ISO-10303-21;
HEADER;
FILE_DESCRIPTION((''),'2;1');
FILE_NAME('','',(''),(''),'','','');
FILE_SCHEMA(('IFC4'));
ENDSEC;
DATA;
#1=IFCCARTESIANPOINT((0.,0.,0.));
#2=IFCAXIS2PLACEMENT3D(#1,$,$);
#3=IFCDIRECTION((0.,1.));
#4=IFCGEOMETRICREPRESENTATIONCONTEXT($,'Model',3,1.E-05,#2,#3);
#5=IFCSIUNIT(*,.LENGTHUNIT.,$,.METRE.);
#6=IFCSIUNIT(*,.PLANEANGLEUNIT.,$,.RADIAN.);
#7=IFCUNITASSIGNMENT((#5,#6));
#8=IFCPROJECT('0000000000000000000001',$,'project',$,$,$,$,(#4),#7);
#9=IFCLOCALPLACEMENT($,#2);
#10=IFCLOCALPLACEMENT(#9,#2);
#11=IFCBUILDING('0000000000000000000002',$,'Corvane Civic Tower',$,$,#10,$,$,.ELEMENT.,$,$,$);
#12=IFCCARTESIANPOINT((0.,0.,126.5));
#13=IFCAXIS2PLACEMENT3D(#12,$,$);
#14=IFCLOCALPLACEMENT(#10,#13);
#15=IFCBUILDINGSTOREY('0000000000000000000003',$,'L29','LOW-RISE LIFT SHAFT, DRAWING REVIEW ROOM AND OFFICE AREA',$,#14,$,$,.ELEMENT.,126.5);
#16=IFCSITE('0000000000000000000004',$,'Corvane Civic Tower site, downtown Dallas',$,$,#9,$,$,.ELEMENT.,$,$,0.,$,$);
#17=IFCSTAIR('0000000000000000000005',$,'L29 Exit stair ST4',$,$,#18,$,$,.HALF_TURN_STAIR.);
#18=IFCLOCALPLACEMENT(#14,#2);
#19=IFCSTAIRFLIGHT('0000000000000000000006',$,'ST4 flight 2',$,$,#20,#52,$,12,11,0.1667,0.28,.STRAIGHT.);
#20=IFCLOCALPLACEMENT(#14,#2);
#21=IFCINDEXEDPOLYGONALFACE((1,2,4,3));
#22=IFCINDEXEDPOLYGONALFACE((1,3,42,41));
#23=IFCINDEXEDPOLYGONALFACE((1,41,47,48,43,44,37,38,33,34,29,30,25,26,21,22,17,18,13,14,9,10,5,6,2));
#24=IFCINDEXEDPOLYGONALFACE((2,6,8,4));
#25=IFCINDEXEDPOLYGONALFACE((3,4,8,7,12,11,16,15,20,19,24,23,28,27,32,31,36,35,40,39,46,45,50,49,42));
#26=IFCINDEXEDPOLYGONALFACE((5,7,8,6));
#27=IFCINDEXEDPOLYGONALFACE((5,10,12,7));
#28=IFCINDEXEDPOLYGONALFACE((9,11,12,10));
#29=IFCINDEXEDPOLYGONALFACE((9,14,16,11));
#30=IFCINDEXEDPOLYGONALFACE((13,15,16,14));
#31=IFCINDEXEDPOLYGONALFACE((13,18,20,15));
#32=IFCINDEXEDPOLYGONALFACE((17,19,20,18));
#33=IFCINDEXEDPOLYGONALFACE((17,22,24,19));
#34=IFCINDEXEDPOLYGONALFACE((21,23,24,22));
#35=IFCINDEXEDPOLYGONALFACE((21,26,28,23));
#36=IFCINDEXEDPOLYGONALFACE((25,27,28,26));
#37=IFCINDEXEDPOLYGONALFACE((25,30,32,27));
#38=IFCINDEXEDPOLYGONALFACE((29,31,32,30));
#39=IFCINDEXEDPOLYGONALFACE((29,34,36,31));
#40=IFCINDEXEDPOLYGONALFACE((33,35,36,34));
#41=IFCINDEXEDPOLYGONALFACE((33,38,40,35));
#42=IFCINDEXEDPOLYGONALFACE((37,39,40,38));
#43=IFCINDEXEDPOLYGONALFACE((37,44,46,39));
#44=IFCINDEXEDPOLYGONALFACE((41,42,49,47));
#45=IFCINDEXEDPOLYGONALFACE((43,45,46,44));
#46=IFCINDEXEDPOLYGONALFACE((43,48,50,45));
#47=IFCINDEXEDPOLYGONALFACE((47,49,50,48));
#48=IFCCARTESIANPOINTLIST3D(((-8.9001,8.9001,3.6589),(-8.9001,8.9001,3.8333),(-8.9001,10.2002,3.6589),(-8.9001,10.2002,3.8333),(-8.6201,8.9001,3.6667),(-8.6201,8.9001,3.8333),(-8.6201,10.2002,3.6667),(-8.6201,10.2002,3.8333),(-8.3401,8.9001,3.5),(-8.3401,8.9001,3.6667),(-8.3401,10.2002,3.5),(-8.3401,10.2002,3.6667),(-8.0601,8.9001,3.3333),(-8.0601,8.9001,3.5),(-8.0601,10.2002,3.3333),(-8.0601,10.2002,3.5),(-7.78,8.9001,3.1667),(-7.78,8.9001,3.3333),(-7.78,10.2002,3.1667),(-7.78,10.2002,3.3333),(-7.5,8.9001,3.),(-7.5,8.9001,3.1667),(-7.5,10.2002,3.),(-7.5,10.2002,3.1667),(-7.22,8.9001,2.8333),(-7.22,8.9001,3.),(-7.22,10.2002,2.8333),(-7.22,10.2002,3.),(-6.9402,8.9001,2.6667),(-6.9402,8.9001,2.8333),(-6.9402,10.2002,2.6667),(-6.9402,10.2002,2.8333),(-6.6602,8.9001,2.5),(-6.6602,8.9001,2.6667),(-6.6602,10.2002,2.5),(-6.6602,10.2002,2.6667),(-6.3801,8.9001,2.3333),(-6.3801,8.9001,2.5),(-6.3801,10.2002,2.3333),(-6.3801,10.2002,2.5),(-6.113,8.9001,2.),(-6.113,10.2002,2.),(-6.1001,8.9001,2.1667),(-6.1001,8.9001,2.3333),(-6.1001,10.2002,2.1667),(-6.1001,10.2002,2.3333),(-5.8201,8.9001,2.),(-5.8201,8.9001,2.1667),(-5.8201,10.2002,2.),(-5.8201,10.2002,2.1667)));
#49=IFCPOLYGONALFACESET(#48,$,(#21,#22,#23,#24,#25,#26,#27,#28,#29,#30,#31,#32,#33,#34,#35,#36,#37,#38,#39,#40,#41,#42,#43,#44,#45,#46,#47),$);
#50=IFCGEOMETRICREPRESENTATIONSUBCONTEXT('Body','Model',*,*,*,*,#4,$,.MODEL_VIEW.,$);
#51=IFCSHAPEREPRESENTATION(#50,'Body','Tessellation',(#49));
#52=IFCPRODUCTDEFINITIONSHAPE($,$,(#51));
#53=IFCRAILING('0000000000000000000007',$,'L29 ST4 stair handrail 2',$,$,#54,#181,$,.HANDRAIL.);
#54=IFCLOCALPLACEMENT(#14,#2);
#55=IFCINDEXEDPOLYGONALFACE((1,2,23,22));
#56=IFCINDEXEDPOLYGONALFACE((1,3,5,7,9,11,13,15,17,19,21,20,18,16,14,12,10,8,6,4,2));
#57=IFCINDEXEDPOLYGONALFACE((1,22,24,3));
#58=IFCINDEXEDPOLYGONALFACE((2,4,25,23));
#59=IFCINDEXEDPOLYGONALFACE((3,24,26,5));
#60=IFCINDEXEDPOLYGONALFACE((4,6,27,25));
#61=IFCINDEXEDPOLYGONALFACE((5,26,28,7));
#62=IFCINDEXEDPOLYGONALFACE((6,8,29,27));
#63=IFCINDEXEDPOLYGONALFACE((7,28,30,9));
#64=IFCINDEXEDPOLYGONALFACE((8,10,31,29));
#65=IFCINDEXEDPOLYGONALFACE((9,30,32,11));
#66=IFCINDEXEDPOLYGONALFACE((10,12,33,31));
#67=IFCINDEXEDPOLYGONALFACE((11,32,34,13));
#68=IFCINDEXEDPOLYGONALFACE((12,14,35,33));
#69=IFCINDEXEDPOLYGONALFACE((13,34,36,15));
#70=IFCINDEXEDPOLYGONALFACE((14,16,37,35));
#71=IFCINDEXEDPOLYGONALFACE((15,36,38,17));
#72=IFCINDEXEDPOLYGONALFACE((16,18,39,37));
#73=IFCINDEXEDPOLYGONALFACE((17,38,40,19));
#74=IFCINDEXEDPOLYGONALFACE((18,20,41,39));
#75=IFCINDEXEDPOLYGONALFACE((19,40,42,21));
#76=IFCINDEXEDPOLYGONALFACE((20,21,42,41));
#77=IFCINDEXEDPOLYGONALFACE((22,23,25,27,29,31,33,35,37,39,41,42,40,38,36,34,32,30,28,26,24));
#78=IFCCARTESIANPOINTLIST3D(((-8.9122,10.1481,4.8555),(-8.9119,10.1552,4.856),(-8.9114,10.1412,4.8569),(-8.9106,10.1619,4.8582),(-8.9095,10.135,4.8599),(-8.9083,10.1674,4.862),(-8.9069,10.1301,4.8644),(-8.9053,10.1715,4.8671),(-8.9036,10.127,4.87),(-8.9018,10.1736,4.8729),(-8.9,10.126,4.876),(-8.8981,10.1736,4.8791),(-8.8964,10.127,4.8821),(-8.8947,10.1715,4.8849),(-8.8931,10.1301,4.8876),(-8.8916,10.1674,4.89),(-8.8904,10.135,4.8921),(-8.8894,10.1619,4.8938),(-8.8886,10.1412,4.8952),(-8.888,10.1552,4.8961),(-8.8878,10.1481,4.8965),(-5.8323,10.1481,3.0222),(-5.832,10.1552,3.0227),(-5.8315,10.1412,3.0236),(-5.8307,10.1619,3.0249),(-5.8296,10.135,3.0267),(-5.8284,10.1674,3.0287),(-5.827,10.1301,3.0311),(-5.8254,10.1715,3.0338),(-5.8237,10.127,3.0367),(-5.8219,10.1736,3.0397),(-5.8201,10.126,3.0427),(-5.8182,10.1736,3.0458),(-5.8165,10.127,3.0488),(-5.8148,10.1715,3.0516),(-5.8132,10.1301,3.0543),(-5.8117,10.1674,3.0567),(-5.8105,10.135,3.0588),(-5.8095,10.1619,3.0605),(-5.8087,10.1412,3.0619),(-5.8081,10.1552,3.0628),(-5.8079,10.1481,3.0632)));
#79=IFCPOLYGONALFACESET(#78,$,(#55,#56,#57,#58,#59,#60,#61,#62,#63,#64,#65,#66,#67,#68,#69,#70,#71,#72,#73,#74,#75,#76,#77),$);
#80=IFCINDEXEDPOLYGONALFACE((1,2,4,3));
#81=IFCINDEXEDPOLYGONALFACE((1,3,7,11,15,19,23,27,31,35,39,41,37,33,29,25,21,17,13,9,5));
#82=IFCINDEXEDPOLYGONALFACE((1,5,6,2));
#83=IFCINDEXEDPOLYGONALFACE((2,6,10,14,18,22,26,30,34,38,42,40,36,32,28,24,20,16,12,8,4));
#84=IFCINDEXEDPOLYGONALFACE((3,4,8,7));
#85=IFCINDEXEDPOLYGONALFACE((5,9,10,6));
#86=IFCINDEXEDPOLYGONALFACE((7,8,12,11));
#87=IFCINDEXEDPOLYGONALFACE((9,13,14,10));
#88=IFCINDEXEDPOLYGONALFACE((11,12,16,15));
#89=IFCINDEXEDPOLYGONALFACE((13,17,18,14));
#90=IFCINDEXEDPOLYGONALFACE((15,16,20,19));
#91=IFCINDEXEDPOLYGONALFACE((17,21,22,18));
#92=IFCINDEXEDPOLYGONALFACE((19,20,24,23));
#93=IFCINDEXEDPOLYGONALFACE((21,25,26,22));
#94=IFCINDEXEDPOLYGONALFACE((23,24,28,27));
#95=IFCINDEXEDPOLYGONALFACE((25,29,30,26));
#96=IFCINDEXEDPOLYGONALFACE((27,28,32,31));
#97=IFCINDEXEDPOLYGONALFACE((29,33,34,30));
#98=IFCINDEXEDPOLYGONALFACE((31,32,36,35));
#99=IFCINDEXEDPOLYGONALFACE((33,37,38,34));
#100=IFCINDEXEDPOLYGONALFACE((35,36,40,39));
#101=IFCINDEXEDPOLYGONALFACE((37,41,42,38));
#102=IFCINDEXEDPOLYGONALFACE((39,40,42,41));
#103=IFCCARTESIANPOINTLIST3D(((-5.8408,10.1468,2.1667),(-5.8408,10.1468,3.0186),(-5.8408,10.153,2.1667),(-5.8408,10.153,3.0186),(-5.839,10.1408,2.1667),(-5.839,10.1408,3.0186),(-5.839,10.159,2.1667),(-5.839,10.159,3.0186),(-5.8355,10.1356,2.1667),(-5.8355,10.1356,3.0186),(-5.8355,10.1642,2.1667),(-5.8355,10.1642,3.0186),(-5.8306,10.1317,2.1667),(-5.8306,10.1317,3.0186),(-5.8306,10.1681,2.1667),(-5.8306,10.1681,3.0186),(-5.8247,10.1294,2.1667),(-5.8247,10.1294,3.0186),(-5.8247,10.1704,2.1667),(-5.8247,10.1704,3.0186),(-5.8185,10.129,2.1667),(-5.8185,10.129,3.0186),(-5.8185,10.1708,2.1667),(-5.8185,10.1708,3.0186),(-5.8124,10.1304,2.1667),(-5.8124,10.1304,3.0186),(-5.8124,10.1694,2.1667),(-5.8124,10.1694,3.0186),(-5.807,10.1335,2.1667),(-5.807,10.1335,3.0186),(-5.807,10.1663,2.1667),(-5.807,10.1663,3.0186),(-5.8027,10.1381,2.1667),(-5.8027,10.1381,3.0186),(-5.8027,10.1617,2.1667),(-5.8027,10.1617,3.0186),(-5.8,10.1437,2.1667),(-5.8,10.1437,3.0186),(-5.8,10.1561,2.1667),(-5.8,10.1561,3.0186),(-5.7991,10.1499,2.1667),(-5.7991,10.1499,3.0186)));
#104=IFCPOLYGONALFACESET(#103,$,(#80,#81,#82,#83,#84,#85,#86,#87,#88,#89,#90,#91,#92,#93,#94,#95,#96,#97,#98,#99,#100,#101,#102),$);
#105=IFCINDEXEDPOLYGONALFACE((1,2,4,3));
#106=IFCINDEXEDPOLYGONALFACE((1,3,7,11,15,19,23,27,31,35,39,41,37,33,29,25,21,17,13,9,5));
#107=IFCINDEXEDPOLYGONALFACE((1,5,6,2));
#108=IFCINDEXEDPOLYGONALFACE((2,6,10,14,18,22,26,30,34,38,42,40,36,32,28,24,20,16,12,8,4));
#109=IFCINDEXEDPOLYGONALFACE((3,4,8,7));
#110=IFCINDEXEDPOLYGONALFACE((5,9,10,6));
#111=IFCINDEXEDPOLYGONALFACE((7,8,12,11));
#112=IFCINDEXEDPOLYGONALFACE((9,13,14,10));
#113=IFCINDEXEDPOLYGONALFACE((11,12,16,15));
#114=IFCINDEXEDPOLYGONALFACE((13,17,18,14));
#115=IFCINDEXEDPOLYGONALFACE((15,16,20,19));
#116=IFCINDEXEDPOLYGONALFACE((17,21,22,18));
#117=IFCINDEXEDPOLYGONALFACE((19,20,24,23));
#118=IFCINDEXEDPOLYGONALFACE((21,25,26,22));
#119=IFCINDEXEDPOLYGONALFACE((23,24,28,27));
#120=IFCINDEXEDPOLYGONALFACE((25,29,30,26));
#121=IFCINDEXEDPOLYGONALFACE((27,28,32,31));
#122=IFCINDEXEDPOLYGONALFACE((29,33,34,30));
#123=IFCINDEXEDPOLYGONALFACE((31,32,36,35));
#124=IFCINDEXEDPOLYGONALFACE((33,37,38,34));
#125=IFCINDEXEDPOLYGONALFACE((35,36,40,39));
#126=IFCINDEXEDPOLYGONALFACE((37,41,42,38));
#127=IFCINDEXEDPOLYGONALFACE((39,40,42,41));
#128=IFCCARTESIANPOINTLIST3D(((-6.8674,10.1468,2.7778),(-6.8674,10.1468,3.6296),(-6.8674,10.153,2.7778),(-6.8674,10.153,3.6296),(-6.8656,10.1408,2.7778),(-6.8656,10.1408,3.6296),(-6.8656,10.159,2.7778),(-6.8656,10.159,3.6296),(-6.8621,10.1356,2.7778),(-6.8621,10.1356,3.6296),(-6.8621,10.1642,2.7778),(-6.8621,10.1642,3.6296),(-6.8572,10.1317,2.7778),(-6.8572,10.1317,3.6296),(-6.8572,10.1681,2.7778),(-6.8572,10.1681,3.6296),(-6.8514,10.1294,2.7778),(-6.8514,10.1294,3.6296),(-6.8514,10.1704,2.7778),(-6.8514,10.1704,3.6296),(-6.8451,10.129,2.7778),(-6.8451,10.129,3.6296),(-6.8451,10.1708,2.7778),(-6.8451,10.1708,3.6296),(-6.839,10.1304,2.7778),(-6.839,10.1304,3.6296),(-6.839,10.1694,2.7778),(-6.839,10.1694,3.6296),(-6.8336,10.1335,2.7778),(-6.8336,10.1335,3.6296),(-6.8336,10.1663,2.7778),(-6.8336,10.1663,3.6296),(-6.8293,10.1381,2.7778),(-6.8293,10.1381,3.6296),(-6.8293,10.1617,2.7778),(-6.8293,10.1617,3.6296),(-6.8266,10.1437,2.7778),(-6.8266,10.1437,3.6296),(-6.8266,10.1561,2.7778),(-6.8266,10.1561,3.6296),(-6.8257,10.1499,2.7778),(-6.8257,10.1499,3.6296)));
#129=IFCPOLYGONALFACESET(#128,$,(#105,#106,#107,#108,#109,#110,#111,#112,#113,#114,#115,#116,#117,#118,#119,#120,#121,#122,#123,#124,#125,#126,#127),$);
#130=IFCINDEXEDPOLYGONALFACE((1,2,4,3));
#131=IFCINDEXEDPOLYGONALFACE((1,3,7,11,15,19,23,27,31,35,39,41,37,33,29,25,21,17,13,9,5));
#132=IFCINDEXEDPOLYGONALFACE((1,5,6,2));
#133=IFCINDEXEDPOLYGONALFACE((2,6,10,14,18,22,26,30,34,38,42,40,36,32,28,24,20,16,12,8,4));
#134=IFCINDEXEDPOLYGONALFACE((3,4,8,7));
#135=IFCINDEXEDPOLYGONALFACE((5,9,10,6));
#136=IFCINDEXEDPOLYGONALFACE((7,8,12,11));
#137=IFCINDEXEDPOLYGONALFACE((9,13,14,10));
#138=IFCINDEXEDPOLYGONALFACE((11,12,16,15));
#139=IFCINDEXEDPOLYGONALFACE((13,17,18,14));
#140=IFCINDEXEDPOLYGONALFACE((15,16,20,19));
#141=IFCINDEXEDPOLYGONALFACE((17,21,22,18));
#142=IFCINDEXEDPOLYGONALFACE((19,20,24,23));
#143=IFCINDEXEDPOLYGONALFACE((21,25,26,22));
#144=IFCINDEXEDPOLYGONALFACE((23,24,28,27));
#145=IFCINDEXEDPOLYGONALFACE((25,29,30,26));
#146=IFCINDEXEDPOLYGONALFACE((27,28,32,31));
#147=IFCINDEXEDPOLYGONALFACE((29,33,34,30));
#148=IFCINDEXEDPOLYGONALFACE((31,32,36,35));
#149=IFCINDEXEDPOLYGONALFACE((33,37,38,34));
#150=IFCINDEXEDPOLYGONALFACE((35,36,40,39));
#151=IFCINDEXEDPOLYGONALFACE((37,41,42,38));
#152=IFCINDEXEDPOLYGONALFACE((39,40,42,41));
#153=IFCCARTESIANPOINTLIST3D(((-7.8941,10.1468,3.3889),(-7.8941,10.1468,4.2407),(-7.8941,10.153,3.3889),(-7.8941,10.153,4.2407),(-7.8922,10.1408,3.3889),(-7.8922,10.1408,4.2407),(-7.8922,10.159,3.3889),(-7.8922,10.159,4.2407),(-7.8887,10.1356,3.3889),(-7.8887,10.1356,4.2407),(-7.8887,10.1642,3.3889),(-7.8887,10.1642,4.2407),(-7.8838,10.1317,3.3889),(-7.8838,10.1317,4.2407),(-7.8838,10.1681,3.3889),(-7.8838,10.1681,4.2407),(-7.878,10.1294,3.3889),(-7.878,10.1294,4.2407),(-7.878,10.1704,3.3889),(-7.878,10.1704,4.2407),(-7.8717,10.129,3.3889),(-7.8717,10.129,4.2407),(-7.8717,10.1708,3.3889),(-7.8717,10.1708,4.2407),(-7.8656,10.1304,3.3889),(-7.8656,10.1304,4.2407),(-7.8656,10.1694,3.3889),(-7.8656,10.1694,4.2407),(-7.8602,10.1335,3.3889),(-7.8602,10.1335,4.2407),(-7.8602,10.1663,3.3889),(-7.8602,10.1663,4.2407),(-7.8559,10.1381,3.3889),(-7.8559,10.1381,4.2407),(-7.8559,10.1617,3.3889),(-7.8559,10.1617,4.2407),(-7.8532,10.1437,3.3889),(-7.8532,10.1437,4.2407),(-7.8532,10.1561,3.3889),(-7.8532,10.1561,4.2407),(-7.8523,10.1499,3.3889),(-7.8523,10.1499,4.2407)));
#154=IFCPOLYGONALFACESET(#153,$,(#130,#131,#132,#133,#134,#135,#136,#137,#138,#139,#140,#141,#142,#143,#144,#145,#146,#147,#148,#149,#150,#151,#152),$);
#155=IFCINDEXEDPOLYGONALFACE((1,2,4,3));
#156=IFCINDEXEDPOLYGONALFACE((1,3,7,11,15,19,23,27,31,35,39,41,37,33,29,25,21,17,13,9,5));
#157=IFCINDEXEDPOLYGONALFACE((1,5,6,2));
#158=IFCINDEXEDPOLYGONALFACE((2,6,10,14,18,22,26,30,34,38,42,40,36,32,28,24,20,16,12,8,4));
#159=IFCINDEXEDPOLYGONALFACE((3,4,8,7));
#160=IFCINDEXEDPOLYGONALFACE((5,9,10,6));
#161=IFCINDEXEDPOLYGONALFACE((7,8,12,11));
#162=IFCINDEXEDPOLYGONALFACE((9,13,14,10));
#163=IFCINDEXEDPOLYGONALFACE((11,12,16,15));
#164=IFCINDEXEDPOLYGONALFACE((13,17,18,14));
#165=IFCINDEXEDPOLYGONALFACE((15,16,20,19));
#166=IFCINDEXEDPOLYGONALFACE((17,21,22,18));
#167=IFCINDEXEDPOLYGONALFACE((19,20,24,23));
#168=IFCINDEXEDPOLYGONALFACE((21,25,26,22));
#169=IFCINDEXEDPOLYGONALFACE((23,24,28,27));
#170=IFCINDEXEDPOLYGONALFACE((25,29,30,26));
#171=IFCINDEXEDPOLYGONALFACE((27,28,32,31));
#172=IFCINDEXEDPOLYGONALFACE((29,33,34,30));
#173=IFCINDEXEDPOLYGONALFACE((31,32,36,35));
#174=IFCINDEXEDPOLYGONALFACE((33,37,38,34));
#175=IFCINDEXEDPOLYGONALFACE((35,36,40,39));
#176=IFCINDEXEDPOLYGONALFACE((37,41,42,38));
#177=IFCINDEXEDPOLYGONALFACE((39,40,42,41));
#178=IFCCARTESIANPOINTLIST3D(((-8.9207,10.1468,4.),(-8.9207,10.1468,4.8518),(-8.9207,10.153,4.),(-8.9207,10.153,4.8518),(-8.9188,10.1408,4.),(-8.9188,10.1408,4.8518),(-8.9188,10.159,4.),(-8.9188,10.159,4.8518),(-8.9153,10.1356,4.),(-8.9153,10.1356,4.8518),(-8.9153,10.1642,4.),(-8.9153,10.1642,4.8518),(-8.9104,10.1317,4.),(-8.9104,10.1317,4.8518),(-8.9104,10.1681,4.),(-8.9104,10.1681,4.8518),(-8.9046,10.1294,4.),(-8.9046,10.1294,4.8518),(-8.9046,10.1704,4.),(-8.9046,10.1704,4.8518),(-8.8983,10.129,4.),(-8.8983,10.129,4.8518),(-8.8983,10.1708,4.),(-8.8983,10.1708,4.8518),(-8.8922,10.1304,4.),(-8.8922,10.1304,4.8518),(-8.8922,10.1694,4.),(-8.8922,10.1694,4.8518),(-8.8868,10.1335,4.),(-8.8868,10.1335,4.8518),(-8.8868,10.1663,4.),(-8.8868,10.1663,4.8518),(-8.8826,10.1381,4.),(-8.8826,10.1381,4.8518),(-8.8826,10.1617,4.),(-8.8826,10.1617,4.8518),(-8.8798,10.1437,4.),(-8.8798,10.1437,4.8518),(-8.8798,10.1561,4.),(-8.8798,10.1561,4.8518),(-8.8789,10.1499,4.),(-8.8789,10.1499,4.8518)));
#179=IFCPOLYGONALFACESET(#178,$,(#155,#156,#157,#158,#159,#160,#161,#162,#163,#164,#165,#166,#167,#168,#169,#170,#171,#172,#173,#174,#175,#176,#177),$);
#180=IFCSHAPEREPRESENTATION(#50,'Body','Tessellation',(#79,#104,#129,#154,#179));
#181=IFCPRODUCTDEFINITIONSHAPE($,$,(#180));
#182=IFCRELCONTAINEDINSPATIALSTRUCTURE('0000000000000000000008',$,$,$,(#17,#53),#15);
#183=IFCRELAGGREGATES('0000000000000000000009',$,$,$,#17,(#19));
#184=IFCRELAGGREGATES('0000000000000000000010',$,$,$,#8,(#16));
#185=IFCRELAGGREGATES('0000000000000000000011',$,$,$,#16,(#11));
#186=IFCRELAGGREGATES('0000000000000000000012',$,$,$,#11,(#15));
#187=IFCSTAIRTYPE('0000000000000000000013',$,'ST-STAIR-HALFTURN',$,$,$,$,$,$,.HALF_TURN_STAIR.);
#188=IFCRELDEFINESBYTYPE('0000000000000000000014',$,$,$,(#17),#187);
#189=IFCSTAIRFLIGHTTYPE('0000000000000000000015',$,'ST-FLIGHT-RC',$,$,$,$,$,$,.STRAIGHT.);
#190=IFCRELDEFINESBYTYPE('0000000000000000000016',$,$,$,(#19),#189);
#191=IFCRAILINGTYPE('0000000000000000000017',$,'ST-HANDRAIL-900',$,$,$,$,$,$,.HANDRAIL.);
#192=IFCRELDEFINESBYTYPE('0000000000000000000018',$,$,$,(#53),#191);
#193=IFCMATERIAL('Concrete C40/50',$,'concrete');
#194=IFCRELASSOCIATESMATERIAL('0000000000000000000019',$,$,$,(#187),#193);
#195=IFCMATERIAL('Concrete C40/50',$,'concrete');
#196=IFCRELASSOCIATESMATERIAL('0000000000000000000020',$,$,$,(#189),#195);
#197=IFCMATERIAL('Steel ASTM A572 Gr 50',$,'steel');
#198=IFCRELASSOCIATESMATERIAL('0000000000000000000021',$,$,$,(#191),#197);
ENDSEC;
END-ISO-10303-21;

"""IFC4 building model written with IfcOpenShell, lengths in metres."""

from ifc_helpers import new_model, si_unit, direction, frame, origin, origin_2d, place, context, subcontext, project, spatial, polyline, circle, outline, extrude, material, type_object, element, aggregate, save


model = new_model("IFC4")

# Units and contexts
model_context = context("Model", 3, precision=1e-05, world=origin(), true_north=direction((0.0, 1.0)))
body_context = subcontext(model_context, "Body", "Model", "MODEL_VIEW")
ifc_project = project(units=[si_unit("LENGTHUNIT", "METRE"), si_unit("PLANEANGLEUNIT", "RADIAN")], contexts=[model_context])

# Site, building, storey
site_placement = place(None, origin())
site = spatial("IfcSite", under=ifc_project, at=site_placement, Name="Corvane Civic Tower site, downtown Dallas", CompositionType="ELEMENT", RefElevation=0.0)
building_placement = place(site_placement, origin())
building = spatial("IfcBuilding", under=site, at=building_placement, Name="Corvane Civic Tower", CompositionType="ELEMENT")
storey_placement = place(building_placement, frame((0.0, 0.0, 126.5)))
storey = spatial("IfcBuildingStorey", under=building, at=storey_placement, Name="L29", Description="LOW-RISE LIFT SHAFT, DRAWING REVIEW ROOM AND OFFICE AREA", CompositionType="ELEMENT", Elevation=126.5)

# Shared definitions
ifc_material_1 = material(Name="Concrete C40/50", Category="concrete")
stair_type = type_object("IfcStairType", Name="ST-STAIR-HALFTURN", PredefinedType="HALF_TURN_STAIR", material=ifc_material_1)

# Stair, stair flight
stair_1_placement = place(storey_placement, origin())
stair_1 = element("IfcStair", 1, at=stair_1_placement, inside=storey, type_object=stair_type, Name="L29 Exit stair ST4", PredefinedType="HALF_TURN_STAIR")
ifc_material_2 = material(Name="Concrete C40/50", Category="concrete")
stair_flight_type = type_object("IfcStairFlightType", Name="ST-FLIGHT-RC", PredefinedType="STRAIGHT", material=ifc_material_2)
stair_flight_placement = place(storey_placement, frame((-5.8201, 9.55, 2.0), z_axis=(0.0, 0.0, 1.0), x_axis=(-1.0, 0.0, 0.0)))
stair_flight = element("IfcStairFlight", 2, at=stair_flight_placement, type_object=stair_flight_type, Name="ST4 flight 2", NumberOfRisers=12, NumberOfTreads=11, PredefinedType="STRAIGHT", RiserHeight=0.1667, TreadLength=0.28, context=body_context, shape_type="SweptSolid", body=[
    extrude(outline(polyline([(0.0, 0.0), (0.0, 0.1667), (0.28, 0.1667), (0.28, 0.3333), (0.5601, 0.3333), (0.5601, 0.5), (0.8401, 0.5), (0.8401, 0.6667), (1.1201, 0.6667), (1.1201, 0.8333), (1.3999, 0.8333), (1.3999, 1.0), (1.6799, 1.0), (1.6799, 1.1667), (1.96, 1.1667), (1.96, 1.3333), (2.24, 1.3333), (2.24, 1.5), (2.52, 1.5), (2.52, 1.6667), (2.8, 1.6667), (2.8, 1.8333), (3.0801, 1.8333), (3.0801, 2.0), (3.0801, 1.6589), (0.293, 0.0), (0.0, 0.0)])), frame((0.0, 0.6499, 0.0), z_axis=(0.0, -1.0, 0.0), x_axis=(1.0, 0.0, 0.0)), (0.0, 0.0, 1.0), 1.3),
])
aggregate(stair_1, [stair_flight])

# Railing
ifc_material_3 = material(Name="Steel ASTM A572 Gr 50", Category="steel")
railing_type = type_object("IfcRailingType", Name="ST-HANDRAIL-900", PredefinedType="HANDRAIL", material=ifc_material_3)
railing_placement = place(storey_placement, frame((-5.8201, 10.1499, 2.1667)))
element("IfcRailing", 3, at=railing_placement, inside=storey, type_object=railing_type, Name="L29 ST4 stair handrail 2", PredefinedType="HANDRAIL", context=body_context, shape_type="SweptSolid", body=[
    extrude(circle(Radius=0.0239, at=origin_2d()), frame((0.0, 0.0, 0.876), z_axis=(-0.859291, 0.0, 0.511487), x_axis=(0.0, -1.0, 0.0)), (0.0, 0.0, 1.0), 3.5842),
    extrude(circle(Radius=0.021, at=origin_2d()), origin(), (0.0, 0.0, 1.0), 0.8518),
    extrude(circle(Radius=0.021, at=origin_2d()), frame((-1.0266, 0.0, 0.6111)), (0.0, 0.0, 1.0), 0.8518),
    extrude(circle(Radius=0.021, at=origin_2d()), frame((-2.0532, 0.0, 1.2222)), (0.0, 0.0, 1.0), 0.8518),
    extrude(circle(Radius=0.021, at=origin_2d()), frame((-3.0798, 0.0, 1.8333)), (0.0, 0.0, 1.0), 0.8518),
])

save(model, "model.ifc")
